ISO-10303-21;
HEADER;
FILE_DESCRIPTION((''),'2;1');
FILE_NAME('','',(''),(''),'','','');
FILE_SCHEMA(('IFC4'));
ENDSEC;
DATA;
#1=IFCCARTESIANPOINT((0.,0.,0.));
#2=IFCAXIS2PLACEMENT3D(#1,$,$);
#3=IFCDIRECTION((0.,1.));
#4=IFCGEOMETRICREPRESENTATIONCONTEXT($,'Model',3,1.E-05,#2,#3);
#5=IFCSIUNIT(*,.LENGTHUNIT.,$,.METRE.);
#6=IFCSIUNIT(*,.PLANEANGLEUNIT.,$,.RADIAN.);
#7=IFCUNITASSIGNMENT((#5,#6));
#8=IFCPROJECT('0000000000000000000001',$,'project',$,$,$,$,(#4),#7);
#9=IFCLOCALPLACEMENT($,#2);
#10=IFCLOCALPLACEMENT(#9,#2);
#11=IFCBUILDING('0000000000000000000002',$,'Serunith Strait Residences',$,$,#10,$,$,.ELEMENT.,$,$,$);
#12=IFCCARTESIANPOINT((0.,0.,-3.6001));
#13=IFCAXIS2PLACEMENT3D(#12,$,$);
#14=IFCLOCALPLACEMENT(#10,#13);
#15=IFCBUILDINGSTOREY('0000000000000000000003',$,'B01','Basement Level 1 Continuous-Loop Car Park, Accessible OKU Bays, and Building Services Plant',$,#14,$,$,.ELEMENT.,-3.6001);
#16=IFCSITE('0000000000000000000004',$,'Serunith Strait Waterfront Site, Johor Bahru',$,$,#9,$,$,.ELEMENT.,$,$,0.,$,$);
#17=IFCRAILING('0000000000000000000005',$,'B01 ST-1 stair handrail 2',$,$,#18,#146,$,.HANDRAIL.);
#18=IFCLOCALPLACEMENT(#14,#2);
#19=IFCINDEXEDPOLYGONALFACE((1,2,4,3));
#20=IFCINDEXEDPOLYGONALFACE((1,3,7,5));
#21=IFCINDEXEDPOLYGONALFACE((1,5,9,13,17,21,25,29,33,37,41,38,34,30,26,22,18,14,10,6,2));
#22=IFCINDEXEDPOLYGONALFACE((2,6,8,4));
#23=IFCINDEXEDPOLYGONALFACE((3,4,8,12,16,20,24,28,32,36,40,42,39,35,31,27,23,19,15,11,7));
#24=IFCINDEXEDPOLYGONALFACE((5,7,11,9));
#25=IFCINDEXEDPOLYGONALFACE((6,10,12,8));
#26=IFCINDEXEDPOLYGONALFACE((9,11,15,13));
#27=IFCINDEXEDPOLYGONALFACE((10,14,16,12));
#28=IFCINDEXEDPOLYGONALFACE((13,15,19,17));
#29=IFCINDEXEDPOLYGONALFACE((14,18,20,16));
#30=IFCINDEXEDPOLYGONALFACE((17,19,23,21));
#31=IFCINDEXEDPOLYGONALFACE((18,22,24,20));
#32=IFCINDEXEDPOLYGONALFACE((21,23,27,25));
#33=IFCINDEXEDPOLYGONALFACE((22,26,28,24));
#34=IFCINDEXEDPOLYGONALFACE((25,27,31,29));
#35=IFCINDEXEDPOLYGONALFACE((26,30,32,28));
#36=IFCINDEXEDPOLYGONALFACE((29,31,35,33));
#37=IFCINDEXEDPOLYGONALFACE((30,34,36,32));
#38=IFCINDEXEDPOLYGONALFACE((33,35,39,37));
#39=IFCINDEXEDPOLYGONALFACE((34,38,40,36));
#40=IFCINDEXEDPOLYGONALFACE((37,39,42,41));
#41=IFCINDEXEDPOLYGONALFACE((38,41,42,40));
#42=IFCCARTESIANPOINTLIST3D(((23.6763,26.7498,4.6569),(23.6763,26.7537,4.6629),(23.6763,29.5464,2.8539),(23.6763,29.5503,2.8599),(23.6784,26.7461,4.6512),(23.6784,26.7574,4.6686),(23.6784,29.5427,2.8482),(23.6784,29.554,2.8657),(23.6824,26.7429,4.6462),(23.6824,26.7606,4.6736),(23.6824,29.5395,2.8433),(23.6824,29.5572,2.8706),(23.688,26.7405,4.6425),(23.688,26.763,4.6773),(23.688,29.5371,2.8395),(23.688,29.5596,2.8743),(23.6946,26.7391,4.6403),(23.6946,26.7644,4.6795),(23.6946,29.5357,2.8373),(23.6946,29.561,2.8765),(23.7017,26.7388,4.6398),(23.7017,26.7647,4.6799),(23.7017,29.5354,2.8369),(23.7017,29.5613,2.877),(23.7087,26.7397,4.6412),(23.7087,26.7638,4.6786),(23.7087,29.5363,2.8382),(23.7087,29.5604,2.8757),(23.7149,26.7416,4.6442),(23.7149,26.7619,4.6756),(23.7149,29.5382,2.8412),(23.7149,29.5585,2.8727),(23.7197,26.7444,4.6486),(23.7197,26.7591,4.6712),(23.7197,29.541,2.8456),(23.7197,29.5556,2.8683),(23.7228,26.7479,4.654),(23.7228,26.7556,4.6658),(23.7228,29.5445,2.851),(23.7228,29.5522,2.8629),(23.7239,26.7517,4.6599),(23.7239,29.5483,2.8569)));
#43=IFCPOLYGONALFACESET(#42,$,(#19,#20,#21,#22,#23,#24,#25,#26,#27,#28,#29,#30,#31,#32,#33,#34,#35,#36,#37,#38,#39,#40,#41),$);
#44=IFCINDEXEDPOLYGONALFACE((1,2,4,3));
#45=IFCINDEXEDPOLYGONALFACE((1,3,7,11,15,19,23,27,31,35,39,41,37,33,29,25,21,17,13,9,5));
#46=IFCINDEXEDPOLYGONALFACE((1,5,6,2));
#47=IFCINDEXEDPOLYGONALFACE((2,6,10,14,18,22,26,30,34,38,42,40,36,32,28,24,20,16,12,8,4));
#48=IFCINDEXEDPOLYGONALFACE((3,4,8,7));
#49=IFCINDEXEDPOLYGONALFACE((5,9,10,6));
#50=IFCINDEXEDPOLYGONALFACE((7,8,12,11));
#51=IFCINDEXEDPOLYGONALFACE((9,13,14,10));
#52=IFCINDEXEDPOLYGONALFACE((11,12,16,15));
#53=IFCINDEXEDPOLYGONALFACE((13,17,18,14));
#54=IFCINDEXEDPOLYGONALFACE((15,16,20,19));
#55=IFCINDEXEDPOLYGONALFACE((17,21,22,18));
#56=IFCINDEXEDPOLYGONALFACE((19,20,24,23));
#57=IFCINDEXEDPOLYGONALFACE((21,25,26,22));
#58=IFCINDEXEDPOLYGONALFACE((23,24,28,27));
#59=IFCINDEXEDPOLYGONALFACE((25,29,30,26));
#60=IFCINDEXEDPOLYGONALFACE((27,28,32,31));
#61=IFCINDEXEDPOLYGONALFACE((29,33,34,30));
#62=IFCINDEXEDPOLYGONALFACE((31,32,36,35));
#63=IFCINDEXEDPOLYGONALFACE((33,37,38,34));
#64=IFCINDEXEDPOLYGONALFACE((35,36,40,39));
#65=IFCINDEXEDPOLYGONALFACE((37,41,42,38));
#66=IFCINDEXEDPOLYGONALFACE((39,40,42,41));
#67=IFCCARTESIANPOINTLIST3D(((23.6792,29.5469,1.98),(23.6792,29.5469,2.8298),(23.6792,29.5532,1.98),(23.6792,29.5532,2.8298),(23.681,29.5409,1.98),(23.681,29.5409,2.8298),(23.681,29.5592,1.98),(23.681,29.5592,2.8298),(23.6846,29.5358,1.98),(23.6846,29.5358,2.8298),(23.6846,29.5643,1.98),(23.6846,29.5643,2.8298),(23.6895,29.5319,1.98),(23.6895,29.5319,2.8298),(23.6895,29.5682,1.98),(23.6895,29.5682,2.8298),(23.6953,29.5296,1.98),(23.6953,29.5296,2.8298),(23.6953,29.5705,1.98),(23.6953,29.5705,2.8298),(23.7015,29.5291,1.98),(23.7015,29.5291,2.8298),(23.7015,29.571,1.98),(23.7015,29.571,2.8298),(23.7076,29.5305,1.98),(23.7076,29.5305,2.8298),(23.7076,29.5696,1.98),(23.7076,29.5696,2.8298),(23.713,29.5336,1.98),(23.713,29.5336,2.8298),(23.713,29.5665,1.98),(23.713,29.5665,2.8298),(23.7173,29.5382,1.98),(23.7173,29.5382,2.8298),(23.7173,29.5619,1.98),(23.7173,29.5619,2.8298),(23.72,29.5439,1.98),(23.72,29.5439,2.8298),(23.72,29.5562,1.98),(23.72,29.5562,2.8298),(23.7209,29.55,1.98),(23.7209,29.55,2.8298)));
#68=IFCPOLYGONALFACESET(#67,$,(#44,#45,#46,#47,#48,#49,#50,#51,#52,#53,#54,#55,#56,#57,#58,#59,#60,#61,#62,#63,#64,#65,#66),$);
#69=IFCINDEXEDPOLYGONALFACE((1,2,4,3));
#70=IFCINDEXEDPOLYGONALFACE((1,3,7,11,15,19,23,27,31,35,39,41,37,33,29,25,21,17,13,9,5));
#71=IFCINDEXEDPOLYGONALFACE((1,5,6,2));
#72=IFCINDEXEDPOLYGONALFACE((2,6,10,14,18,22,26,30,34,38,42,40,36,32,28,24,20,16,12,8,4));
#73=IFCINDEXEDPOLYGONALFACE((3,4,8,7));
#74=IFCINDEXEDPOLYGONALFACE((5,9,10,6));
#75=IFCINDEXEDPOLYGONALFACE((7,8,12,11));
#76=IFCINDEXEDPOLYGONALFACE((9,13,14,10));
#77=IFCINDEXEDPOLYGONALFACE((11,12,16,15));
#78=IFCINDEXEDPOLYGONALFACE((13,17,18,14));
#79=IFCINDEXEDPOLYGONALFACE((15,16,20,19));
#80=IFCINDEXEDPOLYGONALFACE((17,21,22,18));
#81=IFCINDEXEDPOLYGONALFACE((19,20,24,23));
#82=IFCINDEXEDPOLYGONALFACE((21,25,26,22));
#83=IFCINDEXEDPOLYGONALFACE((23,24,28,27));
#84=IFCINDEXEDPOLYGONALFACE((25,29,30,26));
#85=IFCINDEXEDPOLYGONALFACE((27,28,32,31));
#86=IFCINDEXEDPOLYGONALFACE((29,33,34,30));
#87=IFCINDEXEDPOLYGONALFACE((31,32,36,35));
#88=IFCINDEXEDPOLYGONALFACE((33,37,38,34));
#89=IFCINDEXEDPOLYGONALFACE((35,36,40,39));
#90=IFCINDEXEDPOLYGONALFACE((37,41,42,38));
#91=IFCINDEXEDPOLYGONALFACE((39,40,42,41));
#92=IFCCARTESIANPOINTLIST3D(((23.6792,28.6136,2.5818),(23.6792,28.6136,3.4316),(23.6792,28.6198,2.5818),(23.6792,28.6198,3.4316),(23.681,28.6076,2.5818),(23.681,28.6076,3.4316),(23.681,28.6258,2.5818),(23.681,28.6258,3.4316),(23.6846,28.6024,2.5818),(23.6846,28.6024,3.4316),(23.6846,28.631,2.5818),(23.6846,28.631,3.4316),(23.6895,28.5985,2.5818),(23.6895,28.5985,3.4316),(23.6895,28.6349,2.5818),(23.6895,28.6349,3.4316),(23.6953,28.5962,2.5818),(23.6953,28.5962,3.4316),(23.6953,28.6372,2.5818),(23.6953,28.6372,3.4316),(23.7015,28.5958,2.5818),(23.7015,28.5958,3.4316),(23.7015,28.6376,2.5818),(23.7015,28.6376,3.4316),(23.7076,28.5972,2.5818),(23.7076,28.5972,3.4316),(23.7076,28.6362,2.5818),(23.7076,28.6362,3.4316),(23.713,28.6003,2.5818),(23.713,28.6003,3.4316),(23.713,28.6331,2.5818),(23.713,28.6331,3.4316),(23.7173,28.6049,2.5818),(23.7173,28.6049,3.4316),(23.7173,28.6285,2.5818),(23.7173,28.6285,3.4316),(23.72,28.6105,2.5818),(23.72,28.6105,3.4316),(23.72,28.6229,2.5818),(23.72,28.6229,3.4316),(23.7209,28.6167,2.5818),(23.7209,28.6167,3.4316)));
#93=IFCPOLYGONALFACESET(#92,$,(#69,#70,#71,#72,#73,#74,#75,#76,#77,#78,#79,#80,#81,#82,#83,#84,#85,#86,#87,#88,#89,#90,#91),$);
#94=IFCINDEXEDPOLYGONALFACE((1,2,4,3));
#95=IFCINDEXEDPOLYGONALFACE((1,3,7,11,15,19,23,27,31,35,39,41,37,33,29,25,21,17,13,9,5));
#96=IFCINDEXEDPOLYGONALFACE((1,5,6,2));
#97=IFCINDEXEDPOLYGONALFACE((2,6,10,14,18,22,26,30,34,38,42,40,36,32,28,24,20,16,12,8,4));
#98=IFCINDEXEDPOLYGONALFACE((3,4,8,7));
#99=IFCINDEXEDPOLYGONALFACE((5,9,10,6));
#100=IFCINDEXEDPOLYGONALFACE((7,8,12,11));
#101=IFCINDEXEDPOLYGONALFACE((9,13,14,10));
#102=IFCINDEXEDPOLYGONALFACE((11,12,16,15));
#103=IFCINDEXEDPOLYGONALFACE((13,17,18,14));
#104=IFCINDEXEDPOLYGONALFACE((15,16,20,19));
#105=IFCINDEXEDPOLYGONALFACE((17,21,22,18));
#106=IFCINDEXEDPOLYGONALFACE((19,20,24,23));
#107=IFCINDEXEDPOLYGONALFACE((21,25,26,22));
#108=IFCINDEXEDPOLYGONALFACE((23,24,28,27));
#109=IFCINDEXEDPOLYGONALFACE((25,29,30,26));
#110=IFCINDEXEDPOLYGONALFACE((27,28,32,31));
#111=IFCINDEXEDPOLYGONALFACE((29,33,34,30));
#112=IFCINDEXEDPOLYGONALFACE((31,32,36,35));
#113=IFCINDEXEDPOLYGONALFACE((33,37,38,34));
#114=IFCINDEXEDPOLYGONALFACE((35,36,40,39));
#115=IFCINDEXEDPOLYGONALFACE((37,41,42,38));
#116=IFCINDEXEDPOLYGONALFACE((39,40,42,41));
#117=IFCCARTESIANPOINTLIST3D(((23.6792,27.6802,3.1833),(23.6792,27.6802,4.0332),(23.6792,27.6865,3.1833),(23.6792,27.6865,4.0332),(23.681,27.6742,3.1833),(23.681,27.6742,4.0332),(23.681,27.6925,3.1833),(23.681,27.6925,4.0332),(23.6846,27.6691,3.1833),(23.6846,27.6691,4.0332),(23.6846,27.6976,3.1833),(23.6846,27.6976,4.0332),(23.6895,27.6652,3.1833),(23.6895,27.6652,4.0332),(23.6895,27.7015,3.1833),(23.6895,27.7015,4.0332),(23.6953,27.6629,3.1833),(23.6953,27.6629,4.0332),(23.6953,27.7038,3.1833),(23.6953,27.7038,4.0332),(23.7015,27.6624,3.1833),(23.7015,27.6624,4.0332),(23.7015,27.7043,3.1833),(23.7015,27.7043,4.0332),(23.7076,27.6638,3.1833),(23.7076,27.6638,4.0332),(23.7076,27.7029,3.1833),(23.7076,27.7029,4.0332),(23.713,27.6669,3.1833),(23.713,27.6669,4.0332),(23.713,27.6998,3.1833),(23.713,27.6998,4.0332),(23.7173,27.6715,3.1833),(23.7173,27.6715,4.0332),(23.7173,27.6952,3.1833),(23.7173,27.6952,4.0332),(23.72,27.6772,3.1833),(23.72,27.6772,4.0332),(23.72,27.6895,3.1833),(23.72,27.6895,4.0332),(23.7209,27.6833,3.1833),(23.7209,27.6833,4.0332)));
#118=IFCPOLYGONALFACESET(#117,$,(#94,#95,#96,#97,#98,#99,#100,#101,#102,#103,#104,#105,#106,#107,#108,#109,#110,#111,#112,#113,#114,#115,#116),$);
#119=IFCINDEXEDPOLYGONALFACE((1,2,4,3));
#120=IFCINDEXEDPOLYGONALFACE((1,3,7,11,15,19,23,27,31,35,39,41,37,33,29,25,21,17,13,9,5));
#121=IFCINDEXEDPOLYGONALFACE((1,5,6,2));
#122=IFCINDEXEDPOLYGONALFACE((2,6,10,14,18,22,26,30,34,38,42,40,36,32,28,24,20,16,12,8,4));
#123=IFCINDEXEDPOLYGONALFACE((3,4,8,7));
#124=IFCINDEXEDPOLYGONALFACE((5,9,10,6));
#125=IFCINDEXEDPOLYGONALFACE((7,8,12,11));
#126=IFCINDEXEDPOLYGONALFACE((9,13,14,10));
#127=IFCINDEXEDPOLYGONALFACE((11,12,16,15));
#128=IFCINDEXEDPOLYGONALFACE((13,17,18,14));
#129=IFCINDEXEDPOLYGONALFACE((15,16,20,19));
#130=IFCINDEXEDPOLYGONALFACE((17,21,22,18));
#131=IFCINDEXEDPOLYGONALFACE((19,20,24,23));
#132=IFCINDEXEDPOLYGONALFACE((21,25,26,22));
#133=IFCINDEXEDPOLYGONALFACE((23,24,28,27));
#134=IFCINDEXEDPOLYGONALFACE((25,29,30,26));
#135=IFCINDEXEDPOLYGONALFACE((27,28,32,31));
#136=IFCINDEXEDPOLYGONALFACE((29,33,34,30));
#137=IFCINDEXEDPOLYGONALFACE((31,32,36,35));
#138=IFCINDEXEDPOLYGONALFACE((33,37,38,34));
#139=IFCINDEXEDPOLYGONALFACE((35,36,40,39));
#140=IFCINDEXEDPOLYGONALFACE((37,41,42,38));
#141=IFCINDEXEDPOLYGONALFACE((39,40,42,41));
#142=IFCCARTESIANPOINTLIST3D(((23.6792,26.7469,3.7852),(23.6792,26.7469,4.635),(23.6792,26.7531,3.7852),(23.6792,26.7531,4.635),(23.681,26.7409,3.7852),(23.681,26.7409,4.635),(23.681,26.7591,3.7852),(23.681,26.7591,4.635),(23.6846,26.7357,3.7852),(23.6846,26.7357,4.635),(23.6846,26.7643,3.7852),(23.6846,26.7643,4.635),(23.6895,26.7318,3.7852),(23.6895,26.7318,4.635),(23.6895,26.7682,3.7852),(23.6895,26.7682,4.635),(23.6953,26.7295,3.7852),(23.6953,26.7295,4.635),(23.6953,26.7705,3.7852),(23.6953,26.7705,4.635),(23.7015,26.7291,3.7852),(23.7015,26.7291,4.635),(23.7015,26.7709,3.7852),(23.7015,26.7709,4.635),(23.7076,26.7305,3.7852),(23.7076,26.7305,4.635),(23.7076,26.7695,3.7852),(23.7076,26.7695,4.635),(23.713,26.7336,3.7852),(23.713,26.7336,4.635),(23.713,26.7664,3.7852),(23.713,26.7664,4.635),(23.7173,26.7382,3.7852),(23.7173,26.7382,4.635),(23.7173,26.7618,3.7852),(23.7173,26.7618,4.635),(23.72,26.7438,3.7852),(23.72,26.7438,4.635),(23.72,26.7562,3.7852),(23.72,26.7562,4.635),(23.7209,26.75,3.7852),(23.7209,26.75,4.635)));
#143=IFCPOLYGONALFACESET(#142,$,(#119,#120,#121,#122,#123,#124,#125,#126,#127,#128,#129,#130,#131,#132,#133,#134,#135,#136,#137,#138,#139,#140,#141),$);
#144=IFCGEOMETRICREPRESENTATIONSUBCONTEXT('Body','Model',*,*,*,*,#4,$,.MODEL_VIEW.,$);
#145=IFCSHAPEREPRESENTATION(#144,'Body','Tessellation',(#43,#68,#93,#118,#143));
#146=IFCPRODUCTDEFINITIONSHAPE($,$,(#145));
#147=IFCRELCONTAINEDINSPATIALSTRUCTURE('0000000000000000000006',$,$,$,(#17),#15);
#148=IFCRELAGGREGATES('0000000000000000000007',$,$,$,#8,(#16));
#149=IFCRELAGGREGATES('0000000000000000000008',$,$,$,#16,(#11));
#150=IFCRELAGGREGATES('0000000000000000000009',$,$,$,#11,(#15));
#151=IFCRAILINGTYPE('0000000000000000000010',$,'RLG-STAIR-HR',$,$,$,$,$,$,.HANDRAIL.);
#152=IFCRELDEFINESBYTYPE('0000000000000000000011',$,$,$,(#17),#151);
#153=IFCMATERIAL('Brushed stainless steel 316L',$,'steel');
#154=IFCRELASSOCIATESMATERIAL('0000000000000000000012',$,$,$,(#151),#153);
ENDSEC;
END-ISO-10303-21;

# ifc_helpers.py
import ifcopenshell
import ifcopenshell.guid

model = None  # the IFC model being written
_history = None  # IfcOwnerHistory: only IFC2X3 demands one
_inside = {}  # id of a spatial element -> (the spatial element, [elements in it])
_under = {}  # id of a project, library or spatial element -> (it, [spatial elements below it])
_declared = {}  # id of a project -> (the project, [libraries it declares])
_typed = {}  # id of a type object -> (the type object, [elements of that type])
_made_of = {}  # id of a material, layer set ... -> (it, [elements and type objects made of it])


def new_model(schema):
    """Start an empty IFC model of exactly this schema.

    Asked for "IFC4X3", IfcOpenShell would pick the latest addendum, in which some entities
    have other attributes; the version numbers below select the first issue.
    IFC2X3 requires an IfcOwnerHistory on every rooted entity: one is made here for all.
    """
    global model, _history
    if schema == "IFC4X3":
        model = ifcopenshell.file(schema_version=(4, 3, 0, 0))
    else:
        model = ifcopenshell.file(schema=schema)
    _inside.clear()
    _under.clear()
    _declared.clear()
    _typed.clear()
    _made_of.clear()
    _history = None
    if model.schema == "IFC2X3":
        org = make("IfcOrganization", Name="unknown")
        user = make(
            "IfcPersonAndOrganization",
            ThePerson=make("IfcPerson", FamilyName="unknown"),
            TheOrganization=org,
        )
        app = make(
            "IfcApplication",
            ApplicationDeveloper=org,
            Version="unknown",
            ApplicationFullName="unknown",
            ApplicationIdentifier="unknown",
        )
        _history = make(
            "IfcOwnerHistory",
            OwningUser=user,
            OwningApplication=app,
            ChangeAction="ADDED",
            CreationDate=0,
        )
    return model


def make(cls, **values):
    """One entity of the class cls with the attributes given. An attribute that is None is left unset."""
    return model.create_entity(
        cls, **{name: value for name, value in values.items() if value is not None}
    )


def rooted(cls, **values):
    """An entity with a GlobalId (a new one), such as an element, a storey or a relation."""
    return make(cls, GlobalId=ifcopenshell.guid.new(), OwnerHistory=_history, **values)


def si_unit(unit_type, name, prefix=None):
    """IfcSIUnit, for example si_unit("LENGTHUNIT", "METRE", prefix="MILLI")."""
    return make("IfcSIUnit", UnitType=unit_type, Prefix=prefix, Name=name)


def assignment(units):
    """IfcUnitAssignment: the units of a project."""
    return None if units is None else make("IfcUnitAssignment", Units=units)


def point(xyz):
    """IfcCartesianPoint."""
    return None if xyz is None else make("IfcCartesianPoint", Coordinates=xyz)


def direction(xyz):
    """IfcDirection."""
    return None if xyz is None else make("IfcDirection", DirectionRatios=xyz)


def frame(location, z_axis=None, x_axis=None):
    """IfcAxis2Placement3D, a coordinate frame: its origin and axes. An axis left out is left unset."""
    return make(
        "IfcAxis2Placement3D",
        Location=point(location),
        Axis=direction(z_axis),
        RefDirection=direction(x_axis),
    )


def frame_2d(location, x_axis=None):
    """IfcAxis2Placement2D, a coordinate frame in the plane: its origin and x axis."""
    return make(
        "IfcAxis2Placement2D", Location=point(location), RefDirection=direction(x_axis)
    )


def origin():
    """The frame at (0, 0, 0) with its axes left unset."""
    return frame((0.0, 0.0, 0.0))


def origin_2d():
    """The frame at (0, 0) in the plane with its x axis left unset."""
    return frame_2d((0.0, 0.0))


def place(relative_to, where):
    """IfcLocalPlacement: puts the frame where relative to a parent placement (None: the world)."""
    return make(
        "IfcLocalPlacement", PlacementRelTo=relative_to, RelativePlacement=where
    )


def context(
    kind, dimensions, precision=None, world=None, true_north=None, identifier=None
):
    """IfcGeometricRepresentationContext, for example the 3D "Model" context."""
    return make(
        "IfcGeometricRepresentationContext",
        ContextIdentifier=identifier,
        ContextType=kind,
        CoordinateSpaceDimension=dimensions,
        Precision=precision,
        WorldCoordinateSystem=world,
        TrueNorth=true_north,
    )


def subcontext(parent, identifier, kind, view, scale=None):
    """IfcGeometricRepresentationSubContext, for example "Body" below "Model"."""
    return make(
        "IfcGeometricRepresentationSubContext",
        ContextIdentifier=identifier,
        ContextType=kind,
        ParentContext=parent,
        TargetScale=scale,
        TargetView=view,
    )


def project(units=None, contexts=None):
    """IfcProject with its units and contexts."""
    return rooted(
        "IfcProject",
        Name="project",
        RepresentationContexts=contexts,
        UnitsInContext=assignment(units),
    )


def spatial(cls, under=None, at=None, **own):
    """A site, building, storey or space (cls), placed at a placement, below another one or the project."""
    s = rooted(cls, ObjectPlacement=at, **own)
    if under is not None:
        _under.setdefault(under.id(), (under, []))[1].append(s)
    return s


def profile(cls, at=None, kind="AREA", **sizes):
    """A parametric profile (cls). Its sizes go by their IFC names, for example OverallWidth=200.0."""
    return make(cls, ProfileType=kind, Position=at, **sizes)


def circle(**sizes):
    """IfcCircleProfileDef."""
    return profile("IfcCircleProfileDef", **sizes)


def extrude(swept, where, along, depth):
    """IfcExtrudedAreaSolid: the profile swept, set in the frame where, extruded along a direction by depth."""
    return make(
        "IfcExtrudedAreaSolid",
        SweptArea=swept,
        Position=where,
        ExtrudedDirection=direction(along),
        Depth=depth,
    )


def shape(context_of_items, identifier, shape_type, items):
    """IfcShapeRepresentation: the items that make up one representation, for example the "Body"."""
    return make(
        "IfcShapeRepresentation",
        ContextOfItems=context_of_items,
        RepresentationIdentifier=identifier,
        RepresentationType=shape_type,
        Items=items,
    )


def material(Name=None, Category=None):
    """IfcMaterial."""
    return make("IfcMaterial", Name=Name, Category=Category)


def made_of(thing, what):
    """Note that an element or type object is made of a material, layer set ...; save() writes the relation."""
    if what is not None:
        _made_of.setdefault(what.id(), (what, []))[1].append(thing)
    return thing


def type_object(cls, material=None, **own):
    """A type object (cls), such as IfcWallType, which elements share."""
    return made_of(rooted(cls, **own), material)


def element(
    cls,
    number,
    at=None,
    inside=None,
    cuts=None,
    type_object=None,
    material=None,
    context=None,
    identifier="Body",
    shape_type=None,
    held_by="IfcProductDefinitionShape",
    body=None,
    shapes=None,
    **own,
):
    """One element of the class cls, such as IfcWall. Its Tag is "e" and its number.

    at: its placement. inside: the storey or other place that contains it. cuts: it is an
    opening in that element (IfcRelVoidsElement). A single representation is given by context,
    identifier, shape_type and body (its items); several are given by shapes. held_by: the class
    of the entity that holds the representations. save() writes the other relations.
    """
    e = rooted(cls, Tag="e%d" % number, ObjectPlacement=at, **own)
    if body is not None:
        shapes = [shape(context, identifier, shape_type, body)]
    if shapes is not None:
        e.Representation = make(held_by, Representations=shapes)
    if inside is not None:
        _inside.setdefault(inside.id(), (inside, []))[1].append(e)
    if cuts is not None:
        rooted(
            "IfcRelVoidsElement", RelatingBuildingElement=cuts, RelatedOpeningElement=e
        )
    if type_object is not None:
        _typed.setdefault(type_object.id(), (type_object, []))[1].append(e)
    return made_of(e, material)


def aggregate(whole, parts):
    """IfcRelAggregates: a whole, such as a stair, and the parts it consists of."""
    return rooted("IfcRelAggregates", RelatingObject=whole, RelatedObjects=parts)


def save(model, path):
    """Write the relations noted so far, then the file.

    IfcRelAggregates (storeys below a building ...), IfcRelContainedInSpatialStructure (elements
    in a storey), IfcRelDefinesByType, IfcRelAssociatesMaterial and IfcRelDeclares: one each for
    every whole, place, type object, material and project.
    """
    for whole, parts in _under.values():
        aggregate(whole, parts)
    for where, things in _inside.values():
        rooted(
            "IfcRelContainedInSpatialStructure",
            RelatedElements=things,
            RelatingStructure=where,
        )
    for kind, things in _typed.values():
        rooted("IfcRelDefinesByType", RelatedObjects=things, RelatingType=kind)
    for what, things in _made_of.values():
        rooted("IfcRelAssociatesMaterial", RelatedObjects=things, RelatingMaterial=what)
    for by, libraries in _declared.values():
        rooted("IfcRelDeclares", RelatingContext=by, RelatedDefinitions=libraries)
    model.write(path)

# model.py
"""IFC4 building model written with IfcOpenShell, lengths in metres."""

from ifc_helpers import new_model, si_unit, direction, frame, origin, origin_2d, place, context, subcontext, project, spatial, circle, extrude, material, type_object, element, save


model = new_model("IFC4")

# Units and contexts
model_context = context("Model", 3, precision=1e-05, world=origin(), true_north=direction((0.0, 1.0)))
body_context = subcontext(model_context, "Body", "Model", "MODEL_VIEW")
ifc_project = project(units=[si_unit("LENGTHUNIT", "METRE"), si_unit("PLANEANGLEUNIT", "RADIAN")], contexts=[model_context])

# Site, building, storey
site_placement = place(None, origin())
site = spatial("IfcSite", under=ifc_project, at=site_placement, Name="Serunith Strait Waterfront Site, Johor Bahru", CompositionType="ELEMENT", RefElevation=0.0)
building_placement = place(site_placement, origin())
building = spatial("IfcBuilding", under=site, at=building_placement, Name="Serunith Strait Residences", CompositionType="ELEMENT")
storey_placement = place(building_placement, frame((0.0, 0.0, -3.6001)))
storey = spatial("IfcBuildingStorey", under=building, at=storey_placement, Name="B01", Description="Basement Level 1 Continuous-Loop Car Park, Accessible OKU Bays, and Building Services Plant", CompositionType="ELEMENT", Elevation=-3.6001)

# Railing
ifc_material_1 = material(Name="Brushed stainless steel 316L", Category="steel")
railing_type_1 = type_object("IfcRailingType", Name="RLG-STAIR-HR", PredefinedType="HANDRAIL", material=ifc_material_1)
railing_1_placement = place(storey_placement, frame((23.7, 29.55, 1.98)))
element("IfcRailing", 1, at=railing_1_placement, inside=storey, type_object=railing_type_1, Name="B01 ST-1 stair handrail 2", PredefinedType="HANDRAIL", context=body_context, shape_type="SweptSolid", body=[
    extrude(circle(Radius=0.0239, at=origin_2d()), frame((0.0, -0.0017, 0.877), z_axis=(0.0, -0.840475, 0.54185), x_axis=(1.0, 0.0, 0.0)), (0.0, 0.0, 1.0), 3.3274),
    extrude(circle(Radius=0.021, at=origin_2d()), origin(), (0.0, 0.0, 1.0), 0.8499),
    extrude(circle(Radius=0.021, at=origin_2d()), frame((0.0, -0.9333, 0.6018)), (0.0, 0.0, 1.0), 0.8499),
    extrude(circle(Radius=0.021, at=origin_2d()), frame((0.0, -1.8667, 1.2034)), (0.0, 0.0, 1.0), 0.8499),
    extrude(circle(Radius=0.021, at=origin_2d()), frame((0.0, -2.8, 1.8052)), (0.0, 0.0, 1.0), 0.8499),
])

save(model, "model.ifc")
